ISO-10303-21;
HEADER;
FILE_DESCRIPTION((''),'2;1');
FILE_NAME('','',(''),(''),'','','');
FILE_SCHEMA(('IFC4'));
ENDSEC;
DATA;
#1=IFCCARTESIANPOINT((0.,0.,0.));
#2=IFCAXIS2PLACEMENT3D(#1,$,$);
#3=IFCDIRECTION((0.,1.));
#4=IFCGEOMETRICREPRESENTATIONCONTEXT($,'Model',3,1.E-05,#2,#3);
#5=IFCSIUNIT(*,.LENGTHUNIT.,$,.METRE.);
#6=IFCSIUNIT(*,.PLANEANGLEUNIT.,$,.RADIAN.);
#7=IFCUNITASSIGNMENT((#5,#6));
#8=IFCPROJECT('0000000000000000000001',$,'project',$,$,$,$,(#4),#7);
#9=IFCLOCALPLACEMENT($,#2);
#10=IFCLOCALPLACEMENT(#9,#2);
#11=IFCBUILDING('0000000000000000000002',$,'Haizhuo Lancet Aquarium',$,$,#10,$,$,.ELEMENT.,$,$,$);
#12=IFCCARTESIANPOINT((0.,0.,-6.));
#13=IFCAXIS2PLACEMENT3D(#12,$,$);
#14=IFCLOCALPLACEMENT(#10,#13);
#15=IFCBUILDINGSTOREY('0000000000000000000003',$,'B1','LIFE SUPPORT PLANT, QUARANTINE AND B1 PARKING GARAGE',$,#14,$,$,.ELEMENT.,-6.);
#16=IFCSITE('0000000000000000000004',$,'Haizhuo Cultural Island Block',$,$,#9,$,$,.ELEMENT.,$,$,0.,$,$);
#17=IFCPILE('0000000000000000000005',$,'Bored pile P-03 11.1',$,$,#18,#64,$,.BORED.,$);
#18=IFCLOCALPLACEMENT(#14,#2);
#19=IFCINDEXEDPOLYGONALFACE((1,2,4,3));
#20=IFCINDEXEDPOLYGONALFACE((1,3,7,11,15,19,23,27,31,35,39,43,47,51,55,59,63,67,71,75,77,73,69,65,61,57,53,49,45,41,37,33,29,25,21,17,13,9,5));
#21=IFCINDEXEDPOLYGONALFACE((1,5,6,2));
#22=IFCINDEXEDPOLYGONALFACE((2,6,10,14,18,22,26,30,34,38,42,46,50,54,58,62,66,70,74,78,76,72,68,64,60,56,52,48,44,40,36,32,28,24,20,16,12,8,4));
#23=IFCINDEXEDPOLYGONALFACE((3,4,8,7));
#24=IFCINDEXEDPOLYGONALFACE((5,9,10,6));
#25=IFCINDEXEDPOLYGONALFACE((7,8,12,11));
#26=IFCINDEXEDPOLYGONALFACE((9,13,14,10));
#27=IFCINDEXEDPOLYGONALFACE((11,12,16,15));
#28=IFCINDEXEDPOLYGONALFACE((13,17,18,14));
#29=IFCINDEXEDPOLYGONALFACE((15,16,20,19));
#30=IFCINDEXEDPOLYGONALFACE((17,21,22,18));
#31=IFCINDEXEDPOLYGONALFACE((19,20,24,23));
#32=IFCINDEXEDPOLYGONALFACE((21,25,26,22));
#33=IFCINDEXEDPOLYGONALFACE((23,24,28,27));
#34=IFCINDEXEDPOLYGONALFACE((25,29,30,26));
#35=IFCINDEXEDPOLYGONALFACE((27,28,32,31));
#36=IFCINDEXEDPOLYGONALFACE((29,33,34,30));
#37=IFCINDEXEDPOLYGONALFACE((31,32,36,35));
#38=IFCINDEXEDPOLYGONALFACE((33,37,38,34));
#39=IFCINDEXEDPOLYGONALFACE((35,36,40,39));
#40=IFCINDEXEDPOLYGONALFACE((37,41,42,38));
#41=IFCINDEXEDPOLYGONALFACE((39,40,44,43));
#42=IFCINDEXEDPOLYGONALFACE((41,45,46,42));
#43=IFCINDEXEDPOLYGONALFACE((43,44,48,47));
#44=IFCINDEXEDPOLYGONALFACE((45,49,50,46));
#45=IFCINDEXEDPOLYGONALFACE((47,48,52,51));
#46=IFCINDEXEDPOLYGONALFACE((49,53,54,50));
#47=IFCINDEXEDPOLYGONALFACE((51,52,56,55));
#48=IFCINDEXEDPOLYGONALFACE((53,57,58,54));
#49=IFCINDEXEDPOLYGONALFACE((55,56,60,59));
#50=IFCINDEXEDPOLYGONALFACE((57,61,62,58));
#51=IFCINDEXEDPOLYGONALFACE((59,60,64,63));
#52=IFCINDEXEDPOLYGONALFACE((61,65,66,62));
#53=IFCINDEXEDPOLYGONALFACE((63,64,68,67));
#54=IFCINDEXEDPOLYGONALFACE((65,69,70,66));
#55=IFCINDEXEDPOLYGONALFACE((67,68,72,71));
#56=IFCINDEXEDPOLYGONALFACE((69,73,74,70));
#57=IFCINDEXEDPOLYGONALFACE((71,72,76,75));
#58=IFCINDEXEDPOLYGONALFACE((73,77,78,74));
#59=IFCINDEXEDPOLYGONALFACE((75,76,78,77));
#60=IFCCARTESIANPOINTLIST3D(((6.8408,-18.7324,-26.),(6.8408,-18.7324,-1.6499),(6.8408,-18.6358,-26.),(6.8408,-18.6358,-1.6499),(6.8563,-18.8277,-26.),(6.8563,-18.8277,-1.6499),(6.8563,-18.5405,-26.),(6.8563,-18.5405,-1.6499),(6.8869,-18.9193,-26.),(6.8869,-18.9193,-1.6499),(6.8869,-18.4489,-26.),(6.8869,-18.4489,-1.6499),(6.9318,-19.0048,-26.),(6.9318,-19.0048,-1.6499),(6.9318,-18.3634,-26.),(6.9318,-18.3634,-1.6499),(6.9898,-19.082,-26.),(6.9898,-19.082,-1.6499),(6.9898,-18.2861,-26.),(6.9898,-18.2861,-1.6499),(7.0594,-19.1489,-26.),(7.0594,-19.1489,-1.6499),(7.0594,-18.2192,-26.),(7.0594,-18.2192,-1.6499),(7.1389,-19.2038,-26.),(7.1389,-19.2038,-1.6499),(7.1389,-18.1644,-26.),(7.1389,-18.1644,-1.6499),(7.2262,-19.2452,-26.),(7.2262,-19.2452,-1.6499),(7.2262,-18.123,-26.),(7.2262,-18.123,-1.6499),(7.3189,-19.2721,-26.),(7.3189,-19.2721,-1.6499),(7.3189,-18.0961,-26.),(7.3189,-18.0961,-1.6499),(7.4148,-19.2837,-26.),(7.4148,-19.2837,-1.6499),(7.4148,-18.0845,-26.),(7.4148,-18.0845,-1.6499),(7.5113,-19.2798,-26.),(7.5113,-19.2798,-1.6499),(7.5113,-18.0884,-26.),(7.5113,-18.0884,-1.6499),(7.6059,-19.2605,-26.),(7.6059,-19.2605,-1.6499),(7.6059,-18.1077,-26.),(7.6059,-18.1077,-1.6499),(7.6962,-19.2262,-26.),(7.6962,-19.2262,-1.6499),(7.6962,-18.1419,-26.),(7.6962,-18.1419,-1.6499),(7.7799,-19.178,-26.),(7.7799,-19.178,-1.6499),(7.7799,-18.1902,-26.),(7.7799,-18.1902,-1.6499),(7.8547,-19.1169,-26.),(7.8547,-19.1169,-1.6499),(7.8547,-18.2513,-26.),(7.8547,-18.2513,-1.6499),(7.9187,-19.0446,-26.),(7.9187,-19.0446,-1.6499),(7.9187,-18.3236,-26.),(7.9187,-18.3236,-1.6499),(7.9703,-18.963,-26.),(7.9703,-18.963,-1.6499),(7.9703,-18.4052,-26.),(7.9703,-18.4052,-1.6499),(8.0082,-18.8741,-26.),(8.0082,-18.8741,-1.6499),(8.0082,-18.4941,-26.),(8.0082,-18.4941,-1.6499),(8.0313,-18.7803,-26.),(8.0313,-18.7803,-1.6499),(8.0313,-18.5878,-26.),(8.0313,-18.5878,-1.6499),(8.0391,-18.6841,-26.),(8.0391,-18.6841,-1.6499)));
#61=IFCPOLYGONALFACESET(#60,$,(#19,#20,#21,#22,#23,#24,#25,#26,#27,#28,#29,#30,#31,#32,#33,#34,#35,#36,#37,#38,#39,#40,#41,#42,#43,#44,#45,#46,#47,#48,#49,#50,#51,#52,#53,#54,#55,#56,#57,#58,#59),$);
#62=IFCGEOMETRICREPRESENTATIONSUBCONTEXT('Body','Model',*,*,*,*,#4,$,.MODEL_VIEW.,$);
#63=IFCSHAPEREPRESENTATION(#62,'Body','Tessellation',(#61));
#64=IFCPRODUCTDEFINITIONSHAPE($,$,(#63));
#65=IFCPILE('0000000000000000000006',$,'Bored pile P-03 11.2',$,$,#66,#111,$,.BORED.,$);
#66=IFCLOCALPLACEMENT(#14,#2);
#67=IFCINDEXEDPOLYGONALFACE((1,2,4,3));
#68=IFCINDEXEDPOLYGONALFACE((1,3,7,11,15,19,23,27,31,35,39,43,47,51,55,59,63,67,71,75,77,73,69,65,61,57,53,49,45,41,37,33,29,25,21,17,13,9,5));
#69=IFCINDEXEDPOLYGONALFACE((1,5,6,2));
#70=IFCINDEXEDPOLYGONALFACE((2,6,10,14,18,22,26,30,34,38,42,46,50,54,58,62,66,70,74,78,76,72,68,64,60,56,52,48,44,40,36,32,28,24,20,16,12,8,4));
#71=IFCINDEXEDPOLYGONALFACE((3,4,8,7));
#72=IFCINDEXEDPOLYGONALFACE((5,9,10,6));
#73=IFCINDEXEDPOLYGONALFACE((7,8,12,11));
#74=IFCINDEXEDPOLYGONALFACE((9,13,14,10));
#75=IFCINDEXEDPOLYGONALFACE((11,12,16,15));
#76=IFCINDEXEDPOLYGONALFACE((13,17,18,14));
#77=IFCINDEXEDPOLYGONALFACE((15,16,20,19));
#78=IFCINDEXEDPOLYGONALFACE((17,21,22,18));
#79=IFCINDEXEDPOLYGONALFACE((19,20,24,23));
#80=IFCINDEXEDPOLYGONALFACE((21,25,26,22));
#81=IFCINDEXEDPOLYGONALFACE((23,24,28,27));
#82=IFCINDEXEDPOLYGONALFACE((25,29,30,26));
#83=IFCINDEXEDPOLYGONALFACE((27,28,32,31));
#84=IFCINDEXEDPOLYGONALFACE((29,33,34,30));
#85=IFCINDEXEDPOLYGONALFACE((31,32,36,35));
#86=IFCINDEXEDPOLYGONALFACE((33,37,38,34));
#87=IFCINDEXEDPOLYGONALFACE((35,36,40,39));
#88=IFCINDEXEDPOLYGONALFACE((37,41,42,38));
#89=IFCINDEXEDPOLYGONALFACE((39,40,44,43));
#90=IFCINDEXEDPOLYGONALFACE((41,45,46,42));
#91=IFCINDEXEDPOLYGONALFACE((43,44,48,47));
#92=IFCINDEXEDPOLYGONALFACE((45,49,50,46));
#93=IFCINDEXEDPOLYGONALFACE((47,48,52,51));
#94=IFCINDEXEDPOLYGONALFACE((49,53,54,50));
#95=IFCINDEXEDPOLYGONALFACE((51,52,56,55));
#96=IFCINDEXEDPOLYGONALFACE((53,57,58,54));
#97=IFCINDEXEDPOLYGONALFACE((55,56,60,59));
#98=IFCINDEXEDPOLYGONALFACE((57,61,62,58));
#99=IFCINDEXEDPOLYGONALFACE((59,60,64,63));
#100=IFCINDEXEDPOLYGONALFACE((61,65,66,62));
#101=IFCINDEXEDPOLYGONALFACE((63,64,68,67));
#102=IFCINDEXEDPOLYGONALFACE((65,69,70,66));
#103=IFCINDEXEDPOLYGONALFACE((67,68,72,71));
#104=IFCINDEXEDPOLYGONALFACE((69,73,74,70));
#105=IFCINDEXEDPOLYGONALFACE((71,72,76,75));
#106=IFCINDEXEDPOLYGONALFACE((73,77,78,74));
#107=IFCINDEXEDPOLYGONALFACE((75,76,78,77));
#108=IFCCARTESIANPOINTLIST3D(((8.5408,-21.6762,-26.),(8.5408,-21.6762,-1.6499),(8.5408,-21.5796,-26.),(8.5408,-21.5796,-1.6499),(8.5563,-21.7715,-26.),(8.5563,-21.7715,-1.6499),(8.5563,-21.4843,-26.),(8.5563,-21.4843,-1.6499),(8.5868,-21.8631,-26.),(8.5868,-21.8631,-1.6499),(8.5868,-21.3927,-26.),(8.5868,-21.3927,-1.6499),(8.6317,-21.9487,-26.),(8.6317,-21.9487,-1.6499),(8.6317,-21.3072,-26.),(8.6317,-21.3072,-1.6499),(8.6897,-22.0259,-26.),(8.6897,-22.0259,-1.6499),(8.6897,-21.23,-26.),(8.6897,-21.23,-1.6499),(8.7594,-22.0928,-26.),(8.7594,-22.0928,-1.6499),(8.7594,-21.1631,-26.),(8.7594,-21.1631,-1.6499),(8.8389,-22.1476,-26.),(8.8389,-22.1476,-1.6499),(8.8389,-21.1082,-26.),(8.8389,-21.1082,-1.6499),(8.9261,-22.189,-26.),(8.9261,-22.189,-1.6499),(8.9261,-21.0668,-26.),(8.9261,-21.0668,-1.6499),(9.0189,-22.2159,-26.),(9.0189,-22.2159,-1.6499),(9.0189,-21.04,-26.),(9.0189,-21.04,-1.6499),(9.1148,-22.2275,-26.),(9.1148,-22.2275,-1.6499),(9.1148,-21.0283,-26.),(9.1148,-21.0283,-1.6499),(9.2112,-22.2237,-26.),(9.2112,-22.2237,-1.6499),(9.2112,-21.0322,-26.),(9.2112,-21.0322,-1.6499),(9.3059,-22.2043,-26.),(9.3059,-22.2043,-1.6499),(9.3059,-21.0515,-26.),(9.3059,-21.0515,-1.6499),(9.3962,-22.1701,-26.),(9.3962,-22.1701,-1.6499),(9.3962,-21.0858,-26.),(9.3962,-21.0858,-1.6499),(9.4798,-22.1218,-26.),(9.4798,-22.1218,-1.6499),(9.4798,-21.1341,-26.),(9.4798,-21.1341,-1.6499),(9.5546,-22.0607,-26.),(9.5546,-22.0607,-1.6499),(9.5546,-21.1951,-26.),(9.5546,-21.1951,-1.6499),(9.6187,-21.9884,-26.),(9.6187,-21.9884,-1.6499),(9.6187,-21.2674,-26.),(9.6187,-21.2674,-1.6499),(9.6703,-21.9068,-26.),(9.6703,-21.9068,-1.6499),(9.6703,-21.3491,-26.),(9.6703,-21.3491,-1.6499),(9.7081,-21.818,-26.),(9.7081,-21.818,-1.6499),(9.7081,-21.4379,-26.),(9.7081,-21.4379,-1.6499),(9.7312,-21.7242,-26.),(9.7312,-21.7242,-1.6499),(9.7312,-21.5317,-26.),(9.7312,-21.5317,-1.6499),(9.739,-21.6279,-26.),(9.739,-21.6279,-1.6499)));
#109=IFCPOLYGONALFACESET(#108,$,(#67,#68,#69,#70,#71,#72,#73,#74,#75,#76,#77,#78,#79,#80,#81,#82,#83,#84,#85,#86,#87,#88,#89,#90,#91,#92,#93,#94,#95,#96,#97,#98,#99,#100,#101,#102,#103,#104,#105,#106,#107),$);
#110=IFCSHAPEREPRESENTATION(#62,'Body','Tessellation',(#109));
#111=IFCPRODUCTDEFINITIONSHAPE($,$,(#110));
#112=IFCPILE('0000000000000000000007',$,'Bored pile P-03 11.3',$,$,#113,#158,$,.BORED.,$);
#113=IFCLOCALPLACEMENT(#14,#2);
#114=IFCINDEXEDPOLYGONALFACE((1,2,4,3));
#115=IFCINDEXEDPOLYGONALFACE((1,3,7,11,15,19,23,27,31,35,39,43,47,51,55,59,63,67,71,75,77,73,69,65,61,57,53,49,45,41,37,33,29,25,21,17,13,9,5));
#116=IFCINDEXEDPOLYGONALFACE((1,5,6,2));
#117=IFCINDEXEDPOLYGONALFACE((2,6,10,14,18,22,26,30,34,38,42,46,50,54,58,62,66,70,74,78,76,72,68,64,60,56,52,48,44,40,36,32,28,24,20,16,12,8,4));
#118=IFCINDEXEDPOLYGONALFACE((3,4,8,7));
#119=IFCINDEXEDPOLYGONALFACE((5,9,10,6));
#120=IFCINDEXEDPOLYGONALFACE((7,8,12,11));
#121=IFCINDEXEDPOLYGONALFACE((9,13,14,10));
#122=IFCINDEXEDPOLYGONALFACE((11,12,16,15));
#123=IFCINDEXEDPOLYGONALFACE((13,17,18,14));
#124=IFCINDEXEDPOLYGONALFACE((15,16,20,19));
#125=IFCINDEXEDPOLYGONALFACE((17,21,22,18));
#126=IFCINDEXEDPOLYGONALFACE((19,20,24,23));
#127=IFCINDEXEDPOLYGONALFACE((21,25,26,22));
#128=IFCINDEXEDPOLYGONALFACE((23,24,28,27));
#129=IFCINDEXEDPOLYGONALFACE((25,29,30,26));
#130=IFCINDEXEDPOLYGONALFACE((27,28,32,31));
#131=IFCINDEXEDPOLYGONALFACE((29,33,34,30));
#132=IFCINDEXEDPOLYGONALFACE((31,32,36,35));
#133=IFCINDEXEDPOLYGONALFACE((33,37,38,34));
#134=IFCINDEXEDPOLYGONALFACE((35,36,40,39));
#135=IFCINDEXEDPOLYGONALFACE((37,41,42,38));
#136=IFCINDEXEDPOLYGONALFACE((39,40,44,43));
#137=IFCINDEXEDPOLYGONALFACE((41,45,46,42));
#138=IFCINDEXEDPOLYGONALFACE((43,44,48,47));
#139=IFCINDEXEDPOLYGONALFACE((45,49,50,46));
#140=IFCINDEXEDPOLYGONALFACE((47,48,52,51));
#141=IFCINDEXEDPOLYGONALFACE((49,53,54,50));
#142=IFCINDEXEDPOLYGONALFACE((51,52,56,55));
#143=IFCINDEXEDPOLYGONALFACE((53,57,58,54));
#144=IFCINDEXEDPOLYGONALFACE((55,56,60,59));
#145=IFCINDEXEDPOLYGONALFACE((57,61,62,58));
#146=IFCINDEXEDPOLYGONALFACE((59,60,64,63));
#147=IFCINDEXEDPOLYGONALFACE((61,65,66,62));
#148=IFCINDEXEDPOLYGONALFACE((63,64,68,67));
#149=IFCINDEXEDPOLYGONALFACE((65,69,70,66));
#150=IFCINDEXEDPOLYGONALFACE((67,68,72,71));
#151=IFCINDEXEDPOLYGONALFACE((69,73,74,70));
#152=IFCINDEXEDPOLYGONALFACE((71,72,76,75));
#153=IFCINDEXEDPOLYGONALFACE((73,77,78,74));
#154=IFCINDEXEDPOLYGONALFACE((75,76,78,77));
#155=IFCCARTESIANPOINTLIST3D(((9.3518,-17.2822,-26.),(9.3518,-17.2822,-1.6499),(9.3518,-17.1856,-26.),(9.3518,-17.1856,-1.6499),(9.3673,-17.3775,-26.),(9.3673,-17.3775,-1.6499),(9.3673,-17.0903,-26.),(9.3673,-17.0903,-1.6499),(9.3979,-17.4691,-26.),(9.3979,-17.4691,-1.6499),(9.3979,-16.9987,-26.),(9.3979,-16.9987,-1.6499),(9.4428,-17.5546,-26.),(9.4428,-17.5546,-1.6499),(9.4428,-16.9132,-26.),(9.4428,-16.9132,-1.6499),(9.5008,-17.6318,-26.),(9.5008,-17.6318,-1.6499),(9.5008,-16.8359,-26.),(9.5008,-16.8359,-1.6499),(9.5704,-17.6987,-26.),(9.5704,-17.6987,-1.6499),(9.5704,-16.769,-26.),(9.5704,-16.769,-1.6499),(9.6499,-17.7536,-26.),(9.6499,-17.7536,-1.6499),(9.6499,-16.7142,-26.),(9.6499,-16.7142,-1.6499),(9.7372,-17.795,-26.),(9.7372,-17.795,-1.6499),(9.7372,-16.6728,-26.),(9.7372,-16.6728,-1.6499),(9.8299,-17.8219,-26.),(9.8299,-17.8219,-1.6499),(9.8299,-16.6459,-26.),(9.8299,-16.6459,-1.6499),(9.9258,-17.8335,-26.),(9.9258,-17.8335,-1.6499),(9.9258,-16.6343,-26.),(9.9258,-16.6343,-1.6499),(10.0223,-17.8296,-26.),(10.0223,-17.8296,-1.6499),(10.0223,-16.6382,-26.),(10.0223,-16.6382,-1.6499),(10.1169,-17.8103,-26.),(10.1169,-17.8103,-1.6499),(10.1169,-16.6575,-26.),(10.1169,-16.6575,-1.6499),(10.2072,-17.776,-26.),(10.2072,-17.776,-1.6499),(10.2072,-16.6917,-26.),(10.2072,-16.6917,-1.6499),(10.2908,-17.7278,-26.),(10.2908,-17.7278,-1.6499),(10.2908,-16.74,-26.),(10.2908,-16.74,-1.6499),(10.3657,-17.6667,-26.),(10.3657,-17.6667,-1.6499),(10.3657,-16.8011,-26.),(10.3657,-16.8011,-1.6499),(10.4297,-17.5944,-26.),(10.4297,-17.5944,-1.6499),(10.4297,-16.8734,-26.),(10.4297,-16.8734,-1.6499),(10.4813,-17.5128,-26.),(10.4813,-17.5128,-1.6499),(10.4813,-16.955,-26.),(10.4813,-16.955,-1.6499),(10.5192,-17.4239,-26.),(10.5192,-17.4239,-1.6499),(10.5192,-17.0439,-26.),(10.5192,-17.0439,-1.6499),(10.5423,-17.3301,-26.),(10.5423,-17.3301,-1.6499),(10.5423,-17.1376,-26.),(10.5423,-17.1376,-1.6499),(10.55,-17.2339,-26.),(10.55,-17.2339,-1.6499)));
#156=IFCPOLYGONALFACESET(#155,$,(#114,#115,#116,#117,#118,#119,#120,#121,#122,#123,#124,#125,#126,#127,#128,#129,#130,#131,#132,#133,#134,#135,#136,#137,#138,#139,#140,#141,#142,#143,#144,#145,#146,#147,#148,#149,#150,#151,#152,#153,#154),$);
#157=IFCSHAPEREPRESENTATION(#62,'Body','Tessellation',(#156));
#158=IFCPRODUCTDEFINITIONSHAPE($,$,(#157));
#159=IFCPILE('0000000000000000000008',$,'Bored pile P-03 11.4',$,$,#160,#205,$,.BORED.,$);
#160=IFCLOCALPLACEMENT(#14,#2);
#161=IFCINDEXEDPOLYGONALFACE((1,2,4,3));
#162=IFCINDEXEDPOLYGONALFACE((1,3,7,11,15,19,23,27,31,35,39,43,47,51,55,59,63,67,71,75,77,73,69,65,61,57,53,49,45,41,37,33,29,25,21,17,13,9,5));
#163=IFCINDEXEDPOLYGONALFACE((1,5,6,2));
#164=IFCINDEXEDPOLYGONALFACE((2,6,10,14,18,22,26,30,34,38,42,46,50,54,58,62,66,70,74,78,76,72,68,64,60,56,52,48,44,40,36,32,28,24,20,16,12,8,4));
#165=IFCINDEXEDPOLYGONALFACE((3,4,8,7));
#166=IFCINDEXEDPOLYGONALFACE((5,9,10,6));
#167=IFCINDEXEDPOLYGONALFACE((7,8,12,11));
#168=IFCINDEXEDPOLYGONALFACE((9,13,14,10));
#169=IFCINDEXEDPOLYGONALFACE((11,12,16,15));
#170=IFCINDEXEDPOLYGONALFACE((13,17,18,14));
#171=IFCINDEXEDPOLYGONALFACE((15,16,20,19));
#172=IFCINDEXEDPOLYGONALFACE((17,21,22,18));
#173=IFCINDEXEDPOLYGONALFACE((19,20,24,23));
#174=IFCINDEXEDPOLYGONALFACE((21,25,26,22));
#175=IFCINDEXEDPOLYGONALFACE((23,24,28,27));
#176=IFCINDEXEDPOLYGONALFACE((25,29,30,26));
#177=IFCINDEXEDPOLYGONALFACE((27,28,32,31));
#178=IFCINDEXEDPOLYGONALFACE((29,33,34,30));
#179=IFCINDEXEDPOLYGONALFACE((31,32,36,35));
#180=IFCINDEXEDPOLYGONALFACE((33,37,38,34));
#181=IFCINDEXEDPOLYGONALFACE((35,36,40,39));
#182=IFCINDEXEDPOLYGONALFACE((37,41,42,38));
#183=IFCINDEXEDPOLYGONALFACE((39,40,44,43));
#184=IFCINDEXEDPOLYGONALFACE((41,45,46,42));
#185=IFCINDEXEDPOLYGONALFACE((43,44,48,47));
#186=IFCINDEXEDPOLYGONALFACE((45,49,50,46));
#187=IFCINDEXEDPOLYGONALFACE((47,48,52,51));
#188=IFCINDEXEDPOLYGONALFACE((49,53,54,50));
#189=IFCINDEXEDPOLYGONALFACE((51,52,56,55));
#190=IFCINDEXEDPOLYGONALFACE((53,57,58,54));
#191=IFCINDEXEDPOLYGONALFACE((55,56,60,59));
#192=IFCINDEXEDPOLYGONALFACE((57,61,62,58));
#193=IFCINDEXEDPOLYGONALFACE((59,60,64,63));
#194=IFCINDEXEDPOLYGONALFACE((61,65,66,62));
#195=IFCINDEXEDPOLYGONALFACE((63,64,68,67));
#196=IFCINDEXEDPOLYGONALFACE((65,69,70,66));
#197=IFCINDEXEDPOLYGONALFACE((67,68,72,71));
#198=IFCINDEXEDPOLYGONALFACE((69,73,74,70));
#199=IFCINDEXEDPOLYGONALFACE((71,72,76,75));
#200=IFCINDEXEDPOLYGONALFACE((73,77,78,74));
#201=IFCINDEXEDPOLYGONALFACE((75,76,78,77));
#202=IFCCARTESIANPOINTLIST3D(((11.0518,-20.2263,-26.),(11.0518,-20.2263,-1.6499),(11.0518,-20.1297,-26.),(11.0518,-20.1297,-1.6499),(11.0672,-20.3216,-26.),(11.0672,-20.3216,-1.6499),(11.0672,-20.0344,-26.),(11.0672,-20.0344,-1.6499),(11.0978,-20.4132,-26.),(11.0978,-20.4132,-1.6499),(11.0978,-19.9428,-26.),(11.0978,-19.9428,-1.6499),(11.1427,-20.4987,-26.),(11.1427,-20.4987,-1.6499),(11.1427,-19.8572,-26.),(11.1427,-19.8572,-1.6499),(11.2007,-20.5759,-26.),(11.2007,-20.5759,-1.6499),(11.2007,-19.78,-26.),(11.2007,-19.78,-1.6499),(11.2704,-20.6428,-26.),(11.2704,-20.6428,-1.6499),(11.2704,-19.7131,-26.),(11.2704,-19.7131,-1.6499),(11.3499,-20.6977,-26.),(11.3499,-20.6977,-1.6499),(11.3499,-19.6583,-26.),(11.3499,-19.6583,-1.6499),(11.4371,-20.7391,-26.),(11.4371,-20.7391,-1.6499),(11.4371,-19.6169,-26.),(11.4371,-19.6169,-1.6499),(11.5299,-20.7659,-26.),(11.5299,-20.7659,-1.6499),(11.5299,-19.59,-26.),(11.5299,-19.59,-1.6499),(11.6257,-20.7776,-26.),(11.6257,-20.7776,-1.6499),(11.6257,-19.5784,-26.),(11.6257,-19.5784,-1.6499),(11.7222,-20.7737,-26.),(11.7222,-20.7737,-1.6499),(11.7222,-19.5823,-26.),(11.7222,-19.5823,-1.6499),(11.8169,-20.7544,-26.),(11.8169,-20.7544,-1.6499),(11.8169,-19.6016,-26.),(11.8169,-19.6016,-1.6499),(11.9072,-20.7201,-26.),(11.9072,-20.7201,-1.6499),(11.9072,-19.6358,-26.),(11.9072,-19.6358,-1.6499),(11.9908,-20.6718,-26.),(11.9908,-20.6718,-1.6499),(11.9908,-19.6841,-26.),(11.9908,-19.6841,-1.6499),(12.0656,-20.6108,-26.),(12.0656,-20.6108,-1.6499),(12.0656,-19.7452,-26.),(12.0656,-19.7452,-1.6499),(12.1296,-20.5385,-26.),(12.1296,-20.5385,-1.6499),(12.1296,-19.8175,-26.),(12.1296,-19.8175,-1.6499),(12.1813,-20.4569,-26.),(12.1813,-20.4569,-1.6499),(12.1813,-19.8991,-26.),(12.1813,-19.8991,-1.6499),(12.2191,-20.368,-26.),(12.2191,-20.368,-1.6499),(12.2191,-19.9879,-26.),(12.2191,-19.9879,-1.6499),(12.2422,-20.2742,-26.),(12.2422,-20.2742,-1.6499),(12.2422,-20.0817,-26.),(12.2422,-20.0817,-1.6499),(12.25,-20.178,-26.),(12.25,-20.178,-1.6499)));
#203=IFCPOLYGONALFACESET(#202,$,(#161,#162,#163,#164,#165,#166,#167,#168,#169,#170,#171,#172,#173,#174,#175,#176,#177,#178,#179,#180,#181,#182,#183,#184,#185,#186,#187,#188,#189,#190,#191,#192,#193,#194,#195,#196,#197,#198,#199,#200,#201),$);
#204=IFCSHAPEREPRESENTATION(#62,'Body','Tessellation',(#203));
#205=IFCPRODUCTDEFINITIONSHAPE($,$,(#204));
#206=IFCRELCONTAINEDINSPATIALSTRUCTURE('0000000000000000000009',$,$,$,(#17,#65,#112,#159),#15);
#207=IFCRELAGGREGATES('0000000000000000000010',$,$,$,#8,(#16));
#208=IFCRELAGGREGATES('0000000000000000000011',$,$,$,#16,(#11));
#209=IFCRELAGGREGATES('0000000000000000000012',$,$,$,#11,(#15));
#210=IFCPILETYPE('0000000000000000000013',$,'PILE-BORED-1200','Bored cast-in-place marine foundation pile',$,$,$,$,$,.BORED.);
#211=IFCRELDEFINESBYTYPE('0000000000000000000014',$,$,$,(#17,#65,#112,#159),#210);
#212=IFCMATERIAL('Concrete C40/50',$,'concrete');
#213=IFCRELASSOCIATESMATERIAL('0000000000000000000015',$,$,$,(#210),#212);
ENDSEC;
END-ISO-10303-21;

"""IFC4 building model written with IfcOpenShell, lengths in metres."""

from ifc_helpers import new_model, si_unit, direction, frame, origin, origin_2d, place, context, subcontext, project, spatial, circle, extrude, material, material_profile, profile_set, type_object, element, save


model = new_model("IFC4")

# Units and contexts
model_context = context("Model", 3, precision=1e-05, world=origin(), true_north=direction((0.0, 1.0)))
body_context = subcontext(model_context, "Body", "Model", "MODEL_VIEW")
ifc_project = project(units=[si_unit("LENGTHUNIT", "METRE"), si_unit("PLANEANGLEUNIT", "RADIAN")], contexts=[model_context])

# Site, building, storey
site_placement = place(None, origin())
site = spatial("IfcSite", under=ifc_project, at=site_placement, Name="Haizhuo Cultural Island Block", CompositionType="ELEMENT", RefElevation=0.0)
building_placement = place(site_placement, origin())
building = spatial("IfcBuilding", under=site, at=building_placement, Name="Haizhuo Lancet Aquarium", CompositionType="ELEMENT")
storey_placement = place(building_placement, frame((0.0, 0.0, -6.0)))
storey = spatial("IfcBuildingStorey", under=building, at=storey_placement, Name="B1", Description="LIFE SUPPORT PLANT, QUARANTINE AND B1 PARKING GARAGE", CompositionType="ELEMENT", Elevation=-6.0)

# Shared definitions
ifc_material_1 = material(Name="Concrete C40/50", Category="concrete")

# Piles
ifc_material_profile_1 = material_profile(ifc_material_1, circle(Radius=0.6001, at=origin_2d()), Name="PILE-1200")
ifc_profile_set_1 = profile_set([ifc_material_profile_1], Name="Concrete C40/50")
pile_type_1 = type_object("IfcPileType", Name="PILE-BORED-1200", Description="Bored cast-in-place marine foundation pile", PredefinedType="BORED", material=ifc_profile_set_1)
for number, where, z_axis, x_axis, name in (
    (1, (7.439, -18.6841, -1.6499), (0.0, 0.0, -1.0), (1.0, 0.0, 0.0), "Bored pile P-03 11.1"),
    (2, (9.1389, -21.6279, -1.6499), (0.0, 0.0, -1.0), (1.0, 0.0, 0.0), "Bored pile P-03 11.2"),
    (3, (9.95, -17.2339, -1.6499), (0.0, 0.0, -1.0), (1.0, 0.0, 0.0), "Bored pile P-03 11.3"),
    (4, (11.6499, -20.178, -1.6499), (0.0, 0.0, -1.0), (1.0, 0.0, 0.0), "Bored pile P-03 11.4"),
):
    element("IfcPile", number, at=place(storey_placement, frame(where, z_axis=z_axis, x_axis=x_axis)), inside=storey, type_object=pile_type_1, Name=name, PredefinedType="BORED", context=body_context, shape_type="SweptSolid", body=[
        extrude(circle(Radius=0.6001, at=origin_2d()), origin(), (0.0, 0.0, 1.0), 24.3501),
    ])

save(model, "model.ifc")
